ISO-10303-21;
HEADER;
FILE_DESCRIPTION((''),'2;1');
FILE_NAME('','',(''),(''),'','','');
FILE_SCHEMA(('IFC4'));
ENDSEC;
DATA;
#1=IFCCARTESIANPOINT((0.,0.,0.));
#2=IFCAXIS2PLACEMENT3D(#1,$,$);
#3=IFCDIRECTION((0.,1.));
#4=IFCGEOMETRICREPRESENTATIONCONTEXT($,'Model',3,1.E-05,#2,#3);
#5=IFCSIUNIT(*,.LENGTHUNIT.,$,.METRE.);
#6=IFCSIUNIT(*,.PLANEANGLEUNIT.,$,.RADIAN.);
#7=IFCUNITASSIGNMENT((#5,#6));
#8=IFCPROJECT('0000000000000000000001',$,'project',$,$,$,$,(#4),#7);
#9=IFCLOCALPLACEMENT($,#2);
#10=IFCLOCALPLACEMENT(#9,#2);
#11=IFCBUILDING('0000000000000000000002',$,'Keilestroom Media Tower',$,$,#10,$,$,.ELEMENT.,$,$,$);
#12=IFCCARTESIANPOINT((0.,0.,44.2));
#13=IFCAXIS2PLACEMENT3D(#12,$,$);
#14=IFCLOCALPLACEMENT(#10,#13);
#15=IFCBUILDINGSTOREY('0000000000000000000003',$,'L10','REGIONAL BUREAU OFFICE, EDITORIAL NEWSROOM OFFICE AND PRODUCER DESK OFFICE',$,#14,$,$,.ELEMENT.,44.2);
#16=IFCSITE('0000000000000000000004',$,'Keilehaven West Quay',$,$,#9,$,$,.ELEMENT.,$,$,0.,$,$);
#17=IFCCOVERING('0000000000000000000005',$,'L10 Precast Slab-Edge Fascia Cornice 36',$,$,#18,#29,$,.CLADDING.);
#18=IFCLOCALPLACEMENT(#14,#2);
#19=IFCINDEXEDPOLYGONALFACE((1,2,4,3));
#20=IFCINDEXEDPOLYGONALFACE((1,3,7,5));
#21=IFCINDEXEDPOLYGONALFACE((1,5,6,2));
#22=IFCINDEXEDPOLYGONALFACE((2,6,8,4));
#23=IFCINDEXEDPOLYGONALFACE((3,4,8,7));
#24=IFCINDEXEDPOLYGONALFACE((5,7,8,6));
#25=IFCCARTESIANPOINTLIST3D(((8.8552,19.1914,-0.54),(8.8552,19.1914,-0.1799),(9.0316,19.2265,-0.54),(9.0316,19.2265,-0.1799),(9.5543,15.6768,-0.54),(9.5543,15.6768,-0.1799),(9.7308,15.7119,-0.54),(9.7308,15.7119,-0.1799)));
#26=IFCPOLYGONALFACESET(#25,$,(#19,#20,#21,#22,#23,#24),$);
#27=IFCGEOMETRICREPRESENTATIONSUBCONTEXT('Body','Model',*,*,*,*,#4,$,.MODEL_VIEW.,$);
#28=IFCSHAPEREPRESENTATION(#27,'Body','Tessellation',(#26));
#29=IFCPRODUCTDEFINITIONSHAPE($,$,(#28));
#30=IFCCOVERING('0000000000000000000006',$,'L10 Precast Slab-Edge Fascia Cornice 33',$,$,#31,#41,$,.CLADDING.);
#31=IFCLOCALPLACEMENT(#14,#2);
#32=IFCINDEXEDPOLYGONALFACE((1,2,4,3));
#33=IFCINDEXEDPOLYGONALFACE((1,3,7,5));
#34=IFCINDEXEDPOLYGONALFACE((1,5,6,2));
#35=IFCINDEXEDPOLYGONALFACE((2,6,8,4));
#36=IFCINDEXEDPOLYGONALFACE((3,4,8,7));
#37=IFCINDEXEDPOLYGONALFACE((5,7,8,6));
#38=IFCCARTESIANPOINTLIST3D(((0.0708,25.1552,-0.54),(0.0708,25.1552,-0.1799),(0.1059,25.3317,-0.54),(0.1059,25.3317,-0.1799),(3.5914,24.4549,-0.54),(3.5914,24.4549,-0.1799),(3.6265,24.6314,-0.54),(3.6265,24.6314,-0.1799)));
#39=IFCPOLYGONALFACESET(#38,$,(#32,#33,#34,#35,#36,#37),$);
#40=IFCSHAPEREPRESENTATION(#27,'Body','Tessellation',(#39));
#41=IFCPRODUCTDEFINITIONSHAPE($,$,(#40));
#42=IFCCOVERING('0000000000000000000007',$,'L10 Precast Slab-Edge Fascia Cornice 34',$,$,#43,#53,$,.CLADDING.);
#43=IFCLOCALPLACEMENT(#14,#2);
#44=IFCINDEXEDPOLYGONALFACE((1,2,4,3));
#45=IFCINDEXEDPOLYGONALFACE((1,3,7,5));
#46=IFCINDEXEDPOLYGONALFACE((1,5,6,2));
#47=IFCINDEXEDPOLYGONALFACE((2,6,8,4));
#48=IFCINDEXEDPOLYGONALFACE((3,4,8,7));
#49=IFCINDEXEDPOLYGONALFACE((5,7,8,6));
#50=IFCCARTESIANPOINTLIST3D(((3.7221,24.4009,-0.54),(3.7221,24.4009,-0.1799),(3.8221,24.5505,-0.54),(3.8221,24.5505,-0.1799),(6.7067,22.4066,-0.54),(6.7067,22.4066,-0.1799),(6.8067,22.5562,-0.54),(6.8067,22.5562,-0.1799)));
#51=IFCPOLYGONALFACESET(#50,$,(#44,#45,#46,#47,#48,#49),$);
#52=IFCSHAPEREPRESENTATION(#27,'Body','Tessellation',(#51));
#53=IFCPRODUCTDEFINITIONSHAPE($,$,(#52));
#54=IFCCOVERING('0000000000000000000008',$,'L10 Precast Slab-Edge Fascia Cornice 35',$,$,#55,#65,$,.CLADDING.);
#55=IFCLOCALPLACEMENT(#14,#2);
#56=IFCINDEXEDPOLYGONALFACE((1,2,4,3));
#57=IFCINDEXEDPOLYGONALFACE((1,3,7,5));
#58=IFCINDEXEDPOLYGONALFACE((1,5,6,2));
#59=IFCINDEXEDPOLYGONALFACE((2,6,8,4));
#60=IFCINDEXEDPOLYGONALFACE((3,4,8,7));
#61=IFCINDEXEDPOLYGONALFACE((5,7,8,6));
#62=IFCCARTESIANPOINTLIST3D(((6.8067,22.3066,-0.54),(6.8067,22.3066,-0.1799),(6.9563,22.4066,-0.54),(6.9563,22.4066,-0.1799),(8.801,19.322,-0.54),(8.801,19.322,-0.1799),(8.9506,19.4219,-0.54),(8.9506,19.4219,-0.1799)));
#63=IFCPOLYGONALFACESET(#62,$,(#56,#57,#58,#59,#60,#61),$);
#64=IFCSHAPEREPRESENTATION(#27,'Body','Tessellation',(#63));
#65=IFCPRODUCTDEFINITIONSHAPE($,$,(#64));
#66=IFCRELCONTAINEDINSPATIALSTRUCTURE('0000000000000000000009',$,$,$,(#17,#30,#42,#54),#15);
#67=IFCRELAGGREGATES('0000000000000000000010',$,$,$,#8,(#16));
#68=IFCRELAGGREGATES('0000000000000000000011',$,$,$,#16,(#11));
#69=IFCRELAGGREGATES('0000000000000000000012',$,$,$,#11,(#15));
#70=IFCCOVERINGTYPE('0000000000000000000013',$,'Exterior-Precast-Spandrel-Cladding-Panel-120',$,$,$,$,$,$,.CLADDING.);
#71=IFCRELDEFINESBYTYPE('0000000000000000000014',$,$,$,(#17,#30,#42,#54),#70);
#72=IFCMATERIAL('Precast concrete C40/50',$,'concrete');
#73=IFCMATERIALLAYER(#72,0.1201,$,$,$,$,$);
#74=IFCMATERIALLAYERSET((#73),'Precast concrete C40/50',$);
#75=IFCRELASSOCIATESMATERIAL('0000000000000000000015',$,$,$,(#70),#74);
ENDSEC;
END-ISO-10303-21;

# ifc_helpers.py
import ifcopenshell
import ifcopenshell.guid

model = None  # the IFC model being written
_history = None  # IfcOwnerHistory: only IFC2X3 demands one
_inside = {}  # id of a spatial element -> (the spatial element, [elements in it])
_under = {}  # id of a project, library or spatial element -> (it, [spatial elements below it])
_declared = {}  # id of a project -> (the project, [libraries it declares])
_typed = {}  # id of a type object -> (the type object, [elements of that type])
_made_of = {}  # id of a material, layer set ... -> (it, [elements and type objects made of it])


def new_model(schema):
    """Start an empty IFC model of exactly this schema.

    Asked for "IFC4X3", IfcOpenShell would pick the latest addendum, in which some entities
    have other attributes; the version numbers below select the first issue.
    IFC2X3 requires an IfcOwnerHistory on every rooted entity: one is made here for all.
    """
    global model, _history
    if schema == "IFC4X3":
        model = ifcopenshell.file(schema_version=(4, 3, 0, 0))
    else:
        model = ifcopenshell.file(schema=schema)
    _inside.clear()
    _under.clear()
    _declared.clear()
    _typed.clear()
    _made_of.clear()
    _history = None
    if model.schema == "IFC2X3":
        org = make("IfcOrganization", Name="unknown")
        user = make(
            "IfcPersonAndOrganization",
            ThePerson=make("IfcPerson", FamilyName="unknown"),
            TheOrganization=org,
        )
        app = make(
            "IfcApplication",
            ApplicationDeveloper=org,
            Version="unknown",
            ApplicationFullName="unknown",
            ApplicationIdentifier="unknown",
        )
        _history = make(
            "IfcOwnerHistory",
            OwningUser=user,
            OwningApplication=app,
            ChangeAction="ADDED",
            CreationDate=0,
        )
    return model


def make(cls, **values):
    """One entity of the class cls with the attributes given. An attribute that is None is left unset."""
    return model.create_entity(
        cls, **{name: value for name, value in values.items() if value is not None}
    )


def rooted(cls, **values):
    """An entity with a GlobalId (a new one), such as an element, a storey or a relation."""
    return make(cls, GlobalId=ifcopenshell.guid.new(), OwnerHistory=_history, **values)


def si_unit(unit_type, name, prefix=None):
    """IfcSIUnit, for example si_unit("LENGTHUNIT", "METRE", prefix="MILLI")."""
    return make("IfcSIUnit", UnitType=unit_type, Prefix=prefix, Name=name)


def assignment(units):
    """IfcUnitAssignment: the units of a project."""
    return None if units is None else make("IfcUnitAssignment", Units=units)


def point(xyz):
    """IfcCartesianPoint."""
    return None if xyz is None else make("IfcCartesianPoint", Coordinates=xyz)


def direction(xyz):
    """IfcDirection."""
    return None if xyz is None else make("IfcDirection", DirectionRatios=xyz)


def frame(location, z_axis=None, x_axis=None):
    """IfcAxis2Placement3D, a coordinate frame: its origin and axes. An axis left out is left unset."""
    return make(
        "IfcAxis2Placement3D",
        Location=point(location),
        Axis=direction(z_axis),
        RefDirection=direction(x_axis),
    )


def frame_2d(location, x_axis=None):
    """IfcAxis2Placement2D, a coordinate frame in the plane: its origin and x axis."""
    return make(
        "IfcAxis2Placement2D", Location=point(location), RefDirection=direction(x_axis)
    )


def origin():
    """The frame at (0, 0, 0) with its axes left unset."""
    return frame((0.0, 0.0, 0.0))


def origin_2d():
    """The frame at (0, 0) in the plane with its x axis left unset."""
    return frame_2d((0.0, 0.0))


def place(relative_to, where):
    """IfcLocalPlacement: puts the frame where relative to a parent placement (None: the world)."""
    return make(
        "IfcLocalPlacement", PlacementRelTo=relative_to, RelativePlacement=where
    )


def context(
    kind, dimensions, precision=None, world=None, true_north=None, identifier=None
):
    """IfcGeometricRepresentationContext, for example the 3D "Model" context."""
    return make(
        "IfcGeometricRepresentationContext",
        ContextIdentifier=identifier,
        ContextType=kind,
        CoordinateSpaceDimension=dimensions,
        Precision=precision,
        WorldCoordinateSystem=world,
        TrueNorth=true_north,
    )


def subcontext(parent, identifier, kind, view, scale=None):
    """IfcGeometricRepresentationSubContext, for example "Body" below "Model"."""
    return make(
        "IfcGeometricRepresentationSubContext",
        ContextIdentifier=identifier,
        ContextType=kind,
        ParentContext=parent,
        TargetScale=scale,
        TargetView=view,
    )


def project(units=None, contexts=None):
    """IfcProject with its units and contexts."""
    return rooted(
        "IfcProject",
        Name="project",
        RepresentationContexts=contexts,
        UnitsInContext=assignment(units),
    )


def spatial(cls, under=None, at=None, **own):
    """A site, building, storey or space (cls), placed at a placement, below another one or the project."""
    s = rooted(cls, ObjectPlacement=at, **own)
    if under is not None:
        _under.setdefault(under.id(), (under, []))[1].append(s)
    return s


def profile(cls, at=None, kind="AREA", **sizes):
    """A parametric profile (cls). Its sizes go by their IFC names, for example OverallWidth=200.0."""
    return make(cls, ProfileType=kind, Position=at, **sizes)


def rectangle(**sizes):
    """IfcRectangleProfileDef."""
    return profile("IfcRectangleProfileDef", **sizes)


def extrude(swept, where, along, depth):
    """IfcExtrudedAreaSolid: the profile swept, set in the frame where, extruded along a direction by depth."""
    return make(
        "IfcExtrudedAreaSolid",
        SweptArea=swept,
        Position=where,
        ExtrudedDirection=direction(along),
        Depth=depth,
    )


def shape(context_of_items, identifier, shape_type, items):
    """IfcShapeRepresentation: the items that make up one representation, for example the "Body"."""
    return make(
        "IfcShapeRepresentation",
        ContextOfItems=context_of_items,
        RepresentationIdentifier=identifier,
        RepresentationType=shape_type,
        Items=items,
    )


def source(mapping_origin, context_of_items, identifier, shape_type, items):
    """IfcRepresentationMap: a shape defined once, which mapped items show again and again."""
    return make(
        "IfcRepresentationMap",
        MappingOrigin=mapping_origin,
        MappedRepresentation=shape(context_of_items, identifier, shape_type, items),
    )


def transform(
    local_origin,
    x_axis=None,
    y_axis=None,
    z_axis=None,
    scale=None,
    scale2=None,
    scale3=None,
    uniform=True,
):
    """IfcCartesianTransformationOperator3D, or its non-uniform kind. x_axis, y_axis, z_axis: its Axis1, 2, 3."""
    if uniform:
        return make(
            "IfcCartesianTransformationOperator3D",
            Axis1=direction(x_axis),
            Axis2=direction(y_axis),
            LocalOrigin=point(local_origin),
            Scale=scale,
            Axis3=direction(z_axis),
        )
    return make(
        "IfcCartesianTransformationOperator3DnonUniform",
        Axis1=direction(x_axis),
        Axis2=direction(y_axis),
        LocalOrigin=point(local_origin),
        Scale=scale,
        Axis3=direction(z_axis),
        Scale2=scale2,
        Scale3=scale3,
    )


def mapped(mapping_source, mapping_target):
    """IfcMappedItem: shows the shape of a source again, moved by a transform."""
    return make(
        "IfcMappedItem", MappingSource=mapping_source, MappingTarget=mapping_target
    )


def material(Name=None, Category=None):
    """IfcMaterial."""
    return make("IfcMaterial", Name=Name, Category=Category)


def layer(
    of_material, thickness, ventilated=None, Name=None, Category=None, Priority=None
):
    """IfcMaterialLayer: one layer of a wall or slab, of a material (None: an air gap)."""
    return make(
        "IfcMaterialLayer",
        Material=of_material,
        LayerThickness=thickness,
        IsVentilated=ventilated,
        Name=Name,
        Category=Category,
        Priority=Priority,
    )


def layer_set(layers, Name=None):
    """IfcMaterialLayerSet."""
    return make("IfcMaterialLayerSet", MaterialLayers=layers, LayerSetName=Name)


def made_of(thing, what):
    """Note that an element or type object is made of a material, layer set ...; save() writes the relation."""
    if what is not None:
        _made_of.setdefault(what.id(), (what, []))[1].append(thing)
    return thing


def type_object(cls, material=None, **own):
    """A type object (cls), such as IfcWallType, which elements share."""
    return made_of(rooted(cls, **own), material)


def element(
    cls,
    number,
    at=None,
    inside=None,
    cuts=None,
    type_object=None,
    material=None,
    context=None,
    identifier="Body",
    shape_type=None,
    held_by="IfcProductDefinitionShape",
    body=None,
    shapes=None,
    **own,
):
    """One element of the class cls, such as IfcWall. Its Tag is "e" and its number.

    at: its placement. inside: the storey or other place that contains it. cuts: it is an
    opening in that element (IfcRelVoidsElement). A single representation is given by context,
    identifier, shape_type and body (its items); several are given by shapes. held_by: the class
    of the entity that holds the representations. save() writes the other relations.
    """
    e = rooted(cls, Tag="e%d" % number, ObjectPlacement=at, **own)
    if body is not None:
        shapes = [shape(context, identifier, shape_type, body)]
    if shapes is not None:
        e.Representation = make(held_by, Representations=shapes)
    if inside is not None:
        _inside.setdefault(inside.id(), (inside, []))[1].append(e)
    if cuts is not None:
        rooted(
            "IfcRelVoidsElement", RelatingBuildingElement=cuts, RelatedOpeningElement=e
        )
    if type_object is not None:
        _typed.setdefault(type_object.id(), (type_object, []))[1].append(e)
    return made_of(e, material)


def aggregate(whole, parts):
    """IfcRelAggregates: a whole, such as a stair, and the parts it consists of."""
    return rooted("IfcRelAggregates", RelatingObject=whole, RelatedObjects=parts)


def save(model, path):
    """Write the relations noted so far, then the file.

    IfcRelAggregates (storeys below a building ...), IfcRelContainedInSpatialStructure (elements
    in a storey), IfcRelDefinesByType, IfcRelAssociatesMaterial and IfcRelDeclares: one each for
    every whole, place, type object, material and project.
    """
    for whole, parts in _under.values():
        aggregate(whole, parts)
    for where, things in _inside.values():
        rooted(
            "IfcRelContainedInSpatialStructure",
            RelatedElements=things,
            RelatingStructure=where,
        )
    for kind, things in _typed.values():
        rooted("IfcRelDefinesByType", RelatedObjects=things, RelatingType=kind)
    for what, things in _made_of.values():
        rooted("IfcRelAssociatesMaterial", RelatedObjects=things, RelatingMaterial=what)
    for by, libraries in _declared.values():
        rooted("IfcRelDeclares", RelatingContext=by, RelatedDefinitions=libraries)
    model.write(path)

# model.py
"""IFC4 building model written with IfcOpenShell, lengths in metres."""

from ifc_helpers import new_model, si_unit, direction, frame, origin, origin_2d, place, context, subcontext, project, spatial, rectangle, extrude, source, transform, mapped, material, layer, layer_set, type_object, element, save


model = new_model("IFC4")

# Units and contexts
model_context = context("Model", 3, precision=1e-05, world=origin(), true_north=direction((0.0, 1.0)))
body_context = subcontext(model_context, "Body", "Model", "MODEL_VIEW")
ifc_project = project(units=[si_unit("LENGTHUNIT", "METRE"), si_unit("PLANEANGLEUNIT", "RADIAN")], contexts=[model_context])

# Site, building, storey
site_placement = place(None, origin())
site = spatial("IfcSite", under=ifc_project, at=site_placement, Name="Keilehaven West Quay", CompositionType="ELEMENT", RefElevation=0.0)
building_placement = place(site_placement, origin())
building = spatial("IfcBuilding", under=site, at=building_placement, Name="Keilestroom Media Tower", CompositionType="ELEMENT")
storey_placement = place(building_placement, frame((0.0, 0.0, 44.2)))
storey = spatial("IfcBuildingStorey", under=building, at=storey_placement, Name="L10", Description="REGIONAL BUREAU OFFICE, EDITORIAL NEWSROOM OFFICE AND PRODUCER DESK OFFICE", CompositionType="ELEMENT", Elevation=44.2)

# Shared definitions
ifc_material_1 = material(Name="Precast concrete C40/50", Category="concrete")

# Coverings
ifc_layer_1 = layer(ifc_material_1, 0.1201)
ifc_layer_set_1 = layer_set([ifc_layer_1], Name="Precast concrete C40/50")
covering_type = type_object("IfcCoveringType", Name="Exterior-Precast-Spandrel-Cladding-Panel-120", PredefinedType="CLADDING", material=ifc_layer_set_1)
shared_shape_1 = source(origin(), body_context, "Body", "SweptSolid", [
    extrude(rectangle(XDim=3.5835, YDim=0.1799, at=origin_2d()), origin(), (0.0, 0.0, 1.0), 0.3601),
])
covering_1_placement = place(storey_placement, frame((9.293, 17.4517, -0.54), z_axis=(0.0, 0.0, 1.0), x_axis=(0.195099, -0.980784, 0.0)))
element("IfcCovering", 1, at=covering_1_placement, inside=storey, type_object=covering_type, Name="L10 Precast Slab-Edge Fascia Cornice 36", PredefinedType="CLADDING", context=body_context, shape_type="MappedRepresentation", body=[
    mapped(shared_shape_1, transform((0.0, 0.0, 0.0), x_axis=(1.0, 0.0, 0.0), y_axis=(0.0, 1.0, 0.0), z_axis=(0.0, 0.0, 1.0), scale=1.0)),
])
shared_shape_2 = source(origin(), body_context, "Body", "SweptSolid", [
    extrude(rectangle(XDim=3.5896, YDim=0.1799, at=origin_2d()), origin(), (0.0, 0.0, 1.0), 0.3601),
])
for number, where, z_axis, x_axis, name in (
    (2, (1.8486, 24.8933, -0.54), (0.0, 0.0, 1.0), (0.980784, -0.195099, 0.0), "L10 Precast Slab-Edge Fascia Cornice 33"),
    (3, (5.2644, 23.4785, -0.54), (0.0, 0.0, 1.0), (0.831467, -0.555575, 0.0), "L10 Precast Slab-Edge Fascia Cornice 34"),
    (4, (7.8787, 20.8643, -0.54), (0.0, 0.0, 1.0), (0.555575, -0.831467, 0.0), "L10 Precast Slab-Edge Fascia Cornice 35"),
):
    element("IfcCovering", number, at=place(storey_placement, frame(where, z_axis=z_axis, x_axis=x_axis)), inside=storey, type_object=covering_type, Name=name, PredefinedType="CLADDING", context=body_context, shape_type="MappedRepresentation", body=[
        mapped(shared_shape_2, transform((0.0, 0.0, 0.0), x_axis=(1.0, 0.0, 0.0), y_axis=(0.0, 1.0, 0.0), z_axis=(0.0, 0.0, 1.0), scale=1.0)),
    ])

save(model, "model.ifc")
